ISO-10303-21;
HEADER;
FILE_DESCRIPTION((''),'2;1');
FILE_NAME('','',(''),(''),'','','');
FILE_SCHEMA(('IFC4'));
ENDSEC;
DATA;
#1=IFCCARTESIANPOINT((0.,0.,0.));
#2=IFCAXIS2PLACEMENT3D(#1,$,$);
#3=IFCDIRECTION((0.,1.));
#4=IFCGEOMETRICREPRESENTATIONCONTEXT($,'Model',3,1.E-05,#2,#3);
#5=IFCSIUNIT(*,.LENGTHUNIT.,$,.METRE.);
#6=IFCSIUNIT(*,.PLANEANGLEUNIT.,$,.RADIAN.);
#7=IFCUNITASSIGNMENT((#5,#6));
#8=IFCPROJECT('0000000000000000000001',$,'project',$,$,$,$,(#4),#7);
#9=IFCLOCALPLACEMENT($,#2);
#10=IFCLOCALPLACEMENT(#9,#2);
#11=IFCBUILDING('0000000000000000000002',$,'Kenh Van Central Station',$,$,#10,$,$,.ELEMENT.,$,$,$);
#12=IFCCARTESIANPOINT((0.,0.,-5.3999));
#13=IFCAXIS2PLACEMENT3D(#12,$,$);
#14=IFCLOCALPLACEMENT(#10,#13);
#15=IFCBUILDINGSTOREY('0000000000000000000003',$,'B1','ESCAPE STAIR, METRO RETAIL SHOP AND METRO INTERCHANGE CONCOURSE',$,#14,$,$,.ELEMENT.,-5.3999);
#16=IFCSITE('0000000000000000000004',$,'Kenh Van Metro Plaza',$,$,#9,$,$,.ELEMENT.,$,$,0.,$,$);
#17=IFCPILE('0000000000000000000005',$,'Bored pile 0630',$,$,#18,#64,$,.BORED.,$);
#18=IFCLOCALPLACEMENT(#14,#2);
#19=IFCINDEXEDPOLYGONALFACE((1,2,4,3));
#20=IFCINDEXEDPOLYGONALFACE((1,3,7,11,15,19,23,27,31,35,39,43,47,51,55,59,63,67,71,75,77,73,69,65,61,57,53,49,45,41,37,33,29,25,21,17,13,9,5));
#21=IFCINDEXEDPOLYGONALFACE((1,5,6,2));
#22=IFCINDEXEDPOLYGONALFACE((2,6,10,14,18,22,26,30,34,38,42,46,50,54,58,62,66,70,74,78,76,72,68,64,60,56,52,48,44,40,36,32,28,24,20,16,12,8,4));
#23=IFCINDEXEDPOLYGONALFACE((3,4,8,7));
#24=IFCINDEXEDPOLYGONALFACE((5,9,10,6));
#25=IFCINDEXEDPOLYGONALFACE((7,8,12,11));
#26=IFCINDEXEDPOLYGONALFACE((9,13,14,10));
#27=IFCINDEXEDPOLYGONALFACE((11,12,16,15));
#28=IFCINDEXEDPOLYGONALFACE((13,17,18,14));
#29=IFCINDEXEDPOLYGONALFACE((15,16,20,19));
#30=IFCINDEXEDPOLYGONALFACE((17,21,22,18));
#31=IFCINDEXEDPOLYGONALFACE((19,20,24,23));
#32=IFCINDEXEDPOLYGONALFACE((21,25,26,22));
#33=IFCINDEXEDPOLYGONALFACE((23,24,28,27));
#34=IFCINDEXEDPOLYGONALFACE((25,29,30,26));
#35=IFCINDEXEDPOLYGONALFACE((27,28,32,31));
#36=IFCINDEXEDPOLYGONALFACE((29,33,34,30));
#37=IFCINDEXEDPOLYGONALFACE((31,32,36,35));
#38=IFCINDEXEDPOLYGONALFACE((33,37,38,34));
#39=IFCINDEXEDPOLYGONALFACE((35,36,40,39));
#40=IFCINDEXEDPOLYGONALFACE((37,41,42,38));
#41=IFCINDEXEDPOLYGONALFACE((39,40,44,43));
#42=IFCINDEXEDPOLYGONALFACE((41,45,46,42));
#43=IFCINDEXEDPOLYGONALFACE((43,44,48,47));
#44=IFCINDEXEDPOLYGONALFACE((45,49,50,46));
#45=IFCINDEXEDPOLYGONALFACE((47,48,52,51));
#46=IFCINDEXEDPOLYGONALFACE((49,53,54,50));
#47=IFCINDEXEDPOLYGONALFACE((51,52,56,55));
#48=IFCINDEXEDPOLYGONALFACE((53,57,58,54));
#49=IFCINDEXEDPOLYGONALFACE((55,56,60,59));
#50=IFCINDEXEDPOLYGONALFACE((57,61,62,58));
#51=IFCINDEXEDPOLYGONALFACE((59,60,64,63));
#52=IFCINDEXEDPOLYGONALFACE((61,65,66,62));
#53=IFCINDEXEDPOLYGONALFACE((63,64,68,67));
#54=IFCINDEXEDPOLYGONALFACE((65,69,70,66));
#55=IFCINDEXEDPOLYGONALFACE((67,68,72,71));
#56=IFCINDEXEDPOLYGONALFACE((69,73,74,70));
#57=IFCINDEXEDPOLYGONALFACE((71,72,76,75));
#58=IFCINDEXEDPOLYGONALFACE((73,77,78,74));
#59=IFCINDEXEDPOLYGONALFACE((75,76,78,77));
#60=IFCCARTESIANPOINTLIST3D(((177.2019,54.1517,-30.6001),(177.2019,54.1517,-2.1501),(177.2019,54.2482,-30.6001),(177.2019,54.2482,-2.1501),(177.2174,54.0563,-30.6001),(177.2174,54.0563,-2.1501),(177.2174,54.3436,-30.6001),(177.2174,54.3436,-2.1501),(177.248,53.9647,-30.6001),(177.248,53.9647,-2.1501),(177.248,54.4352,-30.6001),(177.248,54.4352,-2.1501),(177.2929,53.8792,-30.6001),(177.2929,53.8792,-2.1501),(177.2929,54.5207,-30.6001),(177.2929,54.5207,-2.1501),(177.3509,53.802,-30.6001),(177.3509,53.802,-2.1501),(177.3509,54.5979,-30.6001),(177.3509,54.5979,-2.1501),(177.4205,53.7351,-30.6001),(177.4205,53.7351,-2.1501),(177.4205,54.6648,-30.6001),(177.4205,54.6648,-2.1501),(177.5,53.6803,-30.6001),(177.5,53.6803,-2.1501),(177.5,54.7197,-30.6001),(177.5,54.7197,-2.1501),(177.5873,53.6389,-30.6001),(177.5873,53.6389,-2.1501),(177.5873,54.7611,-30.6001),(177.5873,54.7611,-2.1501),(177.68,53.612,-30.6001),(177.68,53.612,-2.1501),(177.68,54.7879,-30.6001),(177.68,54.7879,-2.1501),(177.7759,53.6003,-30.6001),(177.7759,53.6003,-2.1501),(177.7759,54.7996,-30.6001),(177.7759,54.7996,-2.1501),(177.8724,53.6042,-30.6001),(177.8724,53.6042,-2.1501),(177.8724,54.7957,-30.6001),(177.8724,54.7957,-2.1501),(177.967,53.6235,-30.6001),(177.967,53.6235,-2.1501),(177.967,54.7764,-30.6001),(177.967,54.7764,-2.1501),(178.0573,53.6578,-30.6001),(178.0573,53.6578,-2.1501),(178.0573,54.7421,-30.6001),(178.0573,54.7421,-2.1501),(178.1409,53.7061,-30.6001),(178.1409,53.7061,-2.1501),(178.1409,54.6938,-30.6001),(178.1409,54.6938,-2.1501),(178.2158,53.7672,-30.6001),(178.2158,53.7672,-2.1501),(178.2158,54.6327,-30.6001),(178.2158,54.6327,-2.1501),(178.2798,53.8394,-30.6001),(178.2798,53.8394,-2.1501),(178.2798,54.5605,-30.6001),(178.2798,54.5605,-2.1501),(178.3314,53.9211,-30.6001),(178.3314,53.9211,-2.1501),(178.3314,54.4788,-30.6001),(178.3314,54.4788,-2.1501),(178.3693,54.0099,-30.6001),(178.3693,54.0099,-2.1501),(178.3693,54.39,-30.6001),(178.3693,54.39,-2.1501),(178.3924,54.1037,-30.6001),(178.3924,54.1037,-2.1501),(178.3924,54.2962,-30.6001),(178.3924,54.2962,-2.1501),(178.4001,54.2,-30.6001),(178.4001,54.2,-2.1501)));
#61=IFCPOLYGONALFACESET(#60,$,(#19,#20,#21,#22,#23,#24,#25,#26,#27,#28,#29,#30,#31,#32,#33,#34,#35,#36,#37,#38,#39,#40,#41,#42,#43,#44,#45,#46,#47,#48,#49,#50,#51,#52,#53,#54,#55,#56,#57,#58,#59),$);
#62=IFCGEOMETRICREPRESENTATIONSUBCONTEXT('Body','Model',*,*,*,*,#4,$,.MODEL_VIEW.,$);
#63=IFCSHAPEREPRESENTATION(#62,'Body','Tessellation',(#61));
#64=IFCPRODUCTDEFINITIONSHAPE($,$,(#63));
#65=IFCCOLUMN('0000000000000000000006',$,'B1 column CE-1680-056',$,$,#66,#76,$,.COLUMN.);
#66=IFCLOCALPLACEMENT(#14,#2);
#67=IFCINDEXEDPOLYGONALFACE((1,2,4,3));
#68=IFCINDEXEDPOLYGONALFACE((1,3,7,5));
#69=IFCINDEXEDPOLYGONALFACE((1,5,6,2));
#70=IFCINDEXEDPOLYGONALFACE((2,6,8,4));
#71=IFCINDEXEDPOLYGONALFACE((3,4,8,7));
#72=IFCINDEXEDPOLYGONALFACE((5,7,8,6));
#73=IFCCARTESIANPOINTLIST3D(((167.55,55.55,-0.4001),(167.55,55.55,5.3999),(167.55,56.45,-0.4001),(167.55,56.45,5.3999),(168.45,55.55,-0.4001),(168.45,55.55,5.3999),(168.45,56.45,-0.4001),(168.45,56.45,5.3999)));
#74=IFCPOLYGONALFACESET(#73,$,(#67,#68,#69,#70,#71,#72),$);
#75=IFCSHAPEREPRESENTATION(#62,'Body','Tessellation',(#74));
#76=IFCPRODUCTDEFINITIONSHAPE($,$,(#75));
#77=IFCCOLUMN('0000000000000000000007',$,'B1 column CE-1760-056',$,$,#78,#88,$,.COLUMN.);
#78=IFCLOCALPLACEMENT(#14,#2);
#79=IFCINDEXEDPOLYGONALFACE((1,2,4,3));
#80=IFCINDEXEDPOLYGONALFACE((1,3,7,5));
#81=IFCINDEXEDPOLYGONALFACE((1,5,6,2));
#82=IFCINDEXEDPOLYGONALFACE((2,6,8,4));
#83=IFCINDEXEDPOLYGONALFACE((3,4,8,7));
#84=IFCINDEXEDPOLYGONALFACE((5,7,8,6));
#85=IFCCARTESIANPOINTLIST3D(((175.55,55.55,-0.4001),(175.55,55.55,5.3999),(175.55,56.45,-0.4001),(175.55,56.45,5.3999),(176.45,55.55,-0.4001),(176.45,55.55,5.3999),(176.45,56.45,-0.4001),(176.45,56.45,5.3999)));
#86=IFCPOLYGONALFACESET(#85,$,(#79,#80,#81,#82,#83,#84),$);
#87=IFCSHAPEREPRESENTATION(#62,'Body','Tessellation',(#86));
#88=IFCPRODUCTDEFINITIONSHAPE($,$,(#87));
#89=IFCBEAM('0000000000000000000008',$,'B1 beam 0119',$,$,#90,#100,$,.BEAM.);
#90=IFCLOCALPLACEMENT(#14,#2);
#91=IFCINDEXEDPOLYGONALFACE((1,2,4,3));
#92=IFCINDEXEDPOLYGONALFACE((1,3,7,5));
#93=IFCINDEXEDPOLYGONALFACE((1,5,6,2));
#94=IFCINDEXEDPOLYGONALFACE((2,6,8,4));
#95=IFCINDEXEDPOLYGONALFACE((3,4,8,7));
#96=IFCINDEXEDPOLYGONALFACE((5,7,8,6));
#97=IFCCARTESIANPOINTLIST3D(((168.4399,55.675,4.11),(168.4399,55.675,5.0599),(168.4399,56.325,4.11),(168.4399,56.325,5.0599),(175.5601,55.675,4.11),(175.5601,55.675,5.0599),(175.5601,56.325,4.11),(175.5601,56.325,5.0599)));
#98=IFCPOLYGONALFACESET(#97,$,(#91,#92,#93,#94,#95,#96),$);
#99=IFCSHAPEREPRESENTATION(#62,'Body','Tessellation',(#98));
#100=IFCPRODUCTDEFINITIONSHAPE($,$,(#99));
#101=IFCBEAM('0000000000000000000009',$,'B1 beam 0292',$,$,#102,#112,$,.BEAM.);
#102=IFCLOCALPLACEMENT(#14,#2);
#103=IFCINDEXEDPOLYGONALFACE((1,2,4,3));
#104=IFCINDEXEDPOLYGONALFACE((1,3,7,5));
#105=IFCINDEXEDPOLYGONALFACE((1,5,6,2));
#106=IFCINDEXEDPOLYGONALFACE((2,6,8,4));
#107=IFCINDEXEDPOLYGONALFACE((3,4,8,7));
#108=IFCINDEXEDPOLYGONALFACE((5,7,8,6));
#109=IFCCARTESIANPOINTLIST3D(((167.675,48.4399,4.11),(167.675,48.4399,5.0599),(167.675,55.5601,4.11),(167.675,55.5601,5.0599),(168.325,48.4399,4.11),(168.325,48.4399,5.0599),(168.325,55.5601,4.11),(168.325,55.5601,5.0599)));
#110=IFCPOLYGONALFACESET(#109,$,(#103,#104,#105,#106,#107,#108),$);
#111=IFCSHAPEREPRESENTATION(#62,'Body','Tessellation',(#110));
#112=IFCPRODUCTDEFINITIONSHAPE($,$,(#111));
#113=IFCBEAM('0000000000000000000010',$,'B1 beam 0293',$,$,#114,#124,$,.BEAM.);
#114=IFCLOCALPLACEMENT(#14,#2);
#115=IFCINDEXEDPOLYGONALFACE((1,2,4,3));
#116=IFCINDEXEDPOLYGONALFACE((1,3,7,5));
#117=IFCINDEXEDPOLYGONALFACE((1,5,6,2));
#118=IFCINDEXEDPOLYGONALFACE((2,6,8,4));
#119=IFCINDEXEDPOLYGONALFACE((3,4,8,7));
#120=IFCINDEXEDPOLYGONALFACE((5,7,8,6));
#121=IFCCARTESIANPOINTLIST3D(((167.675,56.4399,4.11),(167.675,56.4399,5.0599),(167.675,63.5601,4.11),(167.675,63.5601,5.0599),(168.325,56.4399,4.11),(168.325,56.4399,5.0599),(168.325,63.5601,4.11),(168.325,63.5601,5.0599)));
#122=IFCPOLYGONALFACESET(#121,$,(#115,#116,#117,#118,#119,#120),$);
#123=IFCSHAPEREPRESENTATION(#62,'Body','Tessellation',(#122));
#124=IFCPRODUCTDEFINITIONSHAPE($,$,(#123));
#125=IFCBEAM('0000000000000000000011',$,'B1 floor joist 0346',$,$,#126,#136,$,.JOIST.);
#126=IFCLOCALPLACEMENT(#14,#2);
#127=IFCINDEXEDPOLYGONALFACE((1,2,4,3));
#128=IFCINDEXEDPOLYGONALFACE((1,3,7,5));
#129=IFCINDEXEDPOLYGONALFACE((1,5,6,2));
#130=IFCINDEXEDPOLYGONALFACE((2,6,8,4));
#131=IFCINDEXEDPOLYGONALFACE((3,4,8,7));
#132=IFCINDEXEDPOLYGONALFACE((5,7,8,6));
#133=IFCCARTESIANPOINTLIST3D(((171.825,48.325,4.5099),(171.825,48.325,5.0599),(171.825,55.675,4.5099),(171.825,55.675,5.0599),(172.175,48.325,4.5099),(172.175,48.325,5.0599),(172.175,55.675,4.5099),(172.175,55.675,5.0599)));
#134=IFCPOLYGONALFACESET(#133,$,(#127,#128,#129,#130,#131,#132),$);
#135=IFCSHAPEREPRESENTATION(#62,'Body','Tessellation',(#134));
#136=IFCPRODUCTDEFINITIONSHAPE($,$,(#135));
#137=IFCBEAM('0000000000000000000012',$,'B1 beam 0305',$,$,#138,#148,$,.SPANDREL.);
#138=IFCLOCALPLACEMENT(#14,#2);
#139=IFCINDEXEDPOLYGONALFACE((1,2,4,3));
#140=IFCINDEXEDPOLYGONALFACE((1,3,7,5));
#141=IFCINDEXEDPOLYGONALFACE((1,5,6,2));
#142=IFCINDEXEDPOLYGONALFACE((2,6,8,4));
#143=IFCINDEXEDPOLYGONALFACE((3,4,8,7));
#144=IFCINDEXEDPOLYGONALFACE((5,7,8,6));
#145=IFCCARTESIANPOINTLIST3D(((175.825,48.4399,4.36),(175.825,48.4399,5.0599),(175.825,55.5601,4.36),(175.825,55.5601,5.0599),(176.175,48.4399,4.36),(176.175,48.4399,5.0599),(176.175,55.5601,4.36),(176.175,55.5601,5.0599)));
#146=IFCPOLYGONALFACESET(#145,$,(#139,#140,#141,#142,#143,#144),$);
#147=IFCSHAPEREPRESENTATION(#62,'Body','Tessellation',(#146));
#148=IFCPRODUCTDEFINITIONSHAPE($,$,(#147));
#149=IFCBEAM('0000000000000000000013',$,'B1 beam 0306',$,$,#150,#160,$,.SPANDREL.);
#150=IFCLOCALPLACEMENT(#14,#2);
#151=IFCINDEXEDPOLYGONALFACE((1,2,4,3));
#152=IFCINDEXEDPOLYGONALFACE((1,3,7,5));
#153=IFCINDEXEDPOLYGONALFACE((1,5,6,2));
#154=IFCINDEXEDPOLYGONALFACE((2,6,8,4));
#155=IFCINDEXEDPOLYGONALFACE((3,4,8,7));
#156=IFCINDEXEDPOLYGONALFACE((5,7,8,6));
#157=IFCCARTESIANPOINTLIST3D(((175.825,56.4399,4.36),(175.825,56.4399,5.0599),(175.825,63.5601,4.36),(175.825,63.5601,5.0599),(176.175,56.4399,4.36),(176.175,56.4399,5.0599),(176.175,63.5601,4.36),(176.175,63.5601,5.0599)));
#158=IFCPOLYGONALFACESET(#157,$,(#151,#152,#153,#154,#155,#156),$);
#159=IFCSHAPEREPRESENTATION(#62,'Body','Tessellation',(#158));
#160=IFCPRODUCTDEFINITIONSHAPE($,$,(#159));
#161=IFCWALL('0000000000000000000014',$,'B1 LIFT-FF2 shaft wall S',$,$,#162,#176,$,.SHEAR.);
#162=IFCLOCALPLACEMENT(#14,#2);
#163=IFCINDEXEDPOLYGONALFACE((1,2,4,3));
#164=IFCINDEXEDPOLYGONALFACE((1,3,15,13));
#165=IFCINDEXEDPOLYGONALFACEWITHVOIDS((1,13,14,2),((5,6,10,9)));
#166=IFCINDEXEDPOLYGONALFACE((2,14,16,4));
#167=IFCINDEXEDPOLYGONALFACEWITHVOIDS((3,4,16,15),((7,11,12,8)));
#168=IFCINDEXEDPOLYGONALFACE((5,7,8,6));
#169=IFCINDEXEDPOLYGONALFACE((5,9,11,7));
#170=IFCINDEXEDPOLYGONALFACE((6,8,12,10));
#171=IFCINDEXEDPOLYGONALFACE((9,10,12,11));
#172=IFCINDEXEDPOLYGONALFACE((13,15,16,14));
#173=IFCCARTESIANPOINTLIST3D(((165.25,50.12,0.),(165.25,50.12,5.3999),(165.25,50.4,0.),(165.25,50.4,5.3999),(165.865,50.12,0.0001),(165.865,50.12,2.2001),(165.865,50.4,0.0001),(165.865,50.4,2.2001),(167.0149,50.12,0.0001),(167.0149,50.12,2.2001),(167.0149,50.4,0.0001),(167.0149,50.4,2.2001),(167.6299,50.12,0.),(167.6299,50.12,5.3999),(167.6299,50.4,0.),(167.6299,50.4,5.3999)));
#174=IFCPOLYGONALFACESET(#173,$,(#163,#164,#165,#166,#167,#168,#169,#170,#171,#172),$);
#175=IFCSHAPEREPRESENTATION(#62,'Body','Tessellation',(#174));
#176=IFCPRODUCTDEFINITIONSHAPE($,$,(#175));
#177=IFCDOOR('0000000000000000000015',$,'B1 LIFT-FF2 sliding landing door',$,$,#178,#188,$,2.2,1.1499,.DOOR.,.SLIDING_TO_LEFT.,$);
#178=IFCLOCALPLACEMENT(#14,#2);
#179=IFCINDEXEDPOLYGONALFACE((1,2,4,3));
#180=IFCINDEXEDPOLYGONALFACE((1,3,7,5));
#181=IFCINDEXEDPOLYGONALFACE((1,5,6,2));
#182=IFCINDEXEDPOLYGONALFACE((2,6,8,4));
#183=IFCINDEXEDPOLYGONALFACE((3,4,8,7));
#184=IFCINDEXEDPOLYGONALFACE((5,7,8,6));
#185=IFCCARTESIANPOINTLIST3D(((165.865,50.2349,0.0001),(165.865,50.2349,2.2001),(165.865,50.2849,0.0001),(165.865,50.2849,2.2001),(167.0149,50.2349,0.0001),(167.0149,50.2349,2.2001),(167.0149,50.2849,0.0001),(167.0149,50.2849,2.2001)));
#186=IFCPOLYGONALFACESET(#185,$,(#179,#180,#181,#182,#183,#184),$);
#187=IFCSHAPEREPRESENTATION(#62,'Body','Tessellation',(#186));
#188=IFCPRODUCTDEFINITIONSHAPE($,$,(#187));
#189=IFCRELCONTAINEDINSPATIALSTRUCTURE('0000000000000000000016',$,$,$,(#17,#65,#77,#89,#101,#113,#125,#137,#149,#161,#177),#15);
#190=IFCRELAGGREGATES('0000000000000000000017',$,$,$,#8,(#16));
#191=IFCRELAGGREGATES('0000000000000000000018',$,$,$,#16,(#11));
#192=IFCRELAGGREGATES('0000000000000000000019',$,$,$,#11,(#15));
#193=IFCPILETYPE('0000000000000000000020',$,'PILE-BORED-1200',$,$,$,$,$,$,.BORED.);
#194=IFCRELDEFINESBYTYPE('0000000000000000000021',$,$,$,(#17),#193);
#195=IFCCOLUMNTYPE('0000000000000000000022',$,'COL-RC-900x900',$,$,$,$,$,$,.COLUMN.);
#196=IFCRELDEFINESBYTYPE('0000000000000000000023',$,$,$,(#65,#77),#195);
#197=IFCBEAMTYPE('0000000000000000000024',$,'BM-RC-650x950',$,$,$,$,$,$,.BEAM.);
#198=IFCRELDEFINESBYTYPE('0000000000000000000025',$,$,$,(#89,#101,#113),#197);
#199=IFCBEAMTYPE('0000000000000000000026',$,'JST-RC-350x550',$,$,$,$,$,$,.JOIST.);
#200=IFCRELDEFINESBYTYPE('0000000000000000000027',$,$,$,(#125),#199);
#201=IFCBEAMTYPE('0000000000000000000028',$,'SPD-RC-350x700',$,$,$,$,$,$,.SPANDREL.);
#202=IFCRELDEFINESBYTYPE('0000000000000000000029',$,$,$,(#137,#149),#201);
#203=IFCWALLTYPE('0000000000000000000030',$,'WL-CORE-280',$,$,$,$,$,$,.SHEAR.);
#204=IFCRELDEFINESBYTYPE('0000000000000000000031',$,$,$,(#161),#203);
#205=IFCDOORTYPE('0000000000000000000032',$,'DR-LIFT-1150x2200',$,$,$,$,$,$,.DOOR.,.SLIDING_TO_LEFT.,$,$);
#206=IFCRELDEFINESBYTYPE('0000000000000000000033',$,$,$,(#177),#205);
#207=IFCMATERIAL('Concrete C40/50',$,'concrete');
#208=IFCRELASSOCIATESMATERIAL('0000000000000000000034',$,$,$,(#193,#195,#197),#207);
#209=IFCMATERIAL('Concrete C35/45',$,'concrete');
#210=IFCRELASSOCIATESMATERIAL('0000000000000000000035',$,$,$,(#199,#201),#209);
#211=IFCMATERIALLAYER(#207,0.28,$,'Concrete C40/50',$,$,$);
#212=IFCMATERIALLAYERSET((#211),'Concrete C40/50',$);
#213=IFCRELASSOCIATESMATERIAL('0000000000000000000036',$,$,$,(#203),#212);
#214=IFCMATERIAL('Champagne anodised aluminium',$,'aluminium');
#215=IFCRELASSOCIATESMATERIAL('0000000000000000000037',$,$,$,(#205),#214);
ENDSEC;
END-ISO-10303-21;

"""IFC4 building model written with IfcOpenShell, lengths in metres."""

from ifc_helpers import new_model, si_unit, direction, frame, frame_2d, origin, origin_2d, place, context, subcontext, project, spatial, rectangle, circle, extrude, material, layer, layer_set, material_profile, profile_set, type_object, element, fill, save


model = new_model("IFC4")

# Units and contexts
model_context = context("Model", 3, precision=1e-05, world=origin(), true_north=direction((0.0, 1.0)))
body_context = subcontext(model_context, "Body", "Model", "MODEL_VIEW")
ifc_project = project(units=[si_unit("LENGTHUNIT", "METRE"), si_unit("PLANEANGLEUNIT", "RADIAN")], contexts=[model_context])

# Site, building, storey
site_placement = place(None, origin())
site = spatial("IfcSite", under=ifc_project, at=site_placement, Name="Kenh Van Metro Plaza", CompositionType="ELEMENT", RefElevation=0.0)
building_placement = place(site_placement, origin())
building = spatial("IfcBuilding", under=site, at=building_placement, Name="Kenh Van Central Station", CompositionType="ELEMENT")
storey_placement = place(building_placement, frame((0.0, 0.0, -5.3999)))
storey = spatial("IfcBuildingStorey", under=building, at=storey_placement, Name="B1", Description="ESCAPE STAIR, METRO RETAIL SHOP AND METRO INTERCHANGE CONCOURSE", CompositionType="ELEMENT", Elevation=-5.3999)

# Shared definitions
ifc_material_1 = material(Name="Concrete C40/50", Category="concrete")

# Pile
ifc_material_profile_1 = material_profile(ifc_material_1, circle(Radius=0.6001, at=origin_2d()), Name="PILE D1200")
ifc_profile_set_1 = profile_set([ifc_material_profile_1], Name="Concrete C40/50")
pile_type = type_object("IfcPileType", Name="PILE-BORED-1200", PredefinedType="BORED", material=ifc_profile_set_1)
for number, where, z_axis, x_axis, name in (
    (1, (177.8, 54.2, -2.1501), (0.0, 0.0, -1.0), (1.0, 0.0, 0.0), "Bored pile 0630"),
):
    element("IfcPile", number, at=place(storey_placement, frame(where, z_axis=z_axis, x_axis=x_axis)), inside=storey, type_object=pile_type, Name=name, PredefinedType="BORED", context=body_context, shape_type="SweptSolid", body=[
        extrude(circle(Radius=0.6001, at=origin_2d()), origin(), (0.0, 0.0, 1.0), 28.45),
    ])

# Columns
ifc_material_profile_2 = material_profile(ifc_material_1, rectangle(XDim=0.8999, YDim=0.8999, at=origin_2d()), Name="RC 900x900")
ifc_profile_set_2 = profile_set([ifc_material_profile_2], Name="Concrete C40/50")
column_type = type_object("IfcColumnType", Name="COL-RC-900x900", PredefinedType="COLUMN", material=ifc_profile_set_2)
for number, where, z_axis, x_axis, name in (
    (2, (168.0, 56.0, -0.4001), (0.0, 0.0, 1.0), (1.0, 0.0, 0.0), "B1 column CE-1680-056"),
    (3, (176.0, 56.0, -0.4001), (0.0, 0.0, 1.0), (1.0, 0.0, 0.0), "B1 column CE-1760-056"),
):
    element("IfcColumn", number, at=place(storey_placement, frame(where, z_axis=z_axis, x_axis=x_axis)), inside=storey, type_object=column_type, Name=name, PredefinedType="COLUMN", context=body_context, shape_type="SweptSolid", body=[
        extrude(rectangle(XDim=0.8999, YDim=0.8999, at=origin_2d()), origin(), (0.0, 0.0, 1.0), 5.8),
    ])

# Beams
ifc_material_profile_3 = material_profile(ifc_material_1, rectangle(XDim=0.6499, YDim=0.95, at=origin_2d()), Name="RC 650x950")
ifc_profile_set_3 = profile_set([ifc_material_profile_3], Name="Concrete C40/50")
beam_type_1 = type_object("IfcBeamType", Name="BM-RC-650x950", PredefinedType="BEAM", material=ifc_profile_set_3)
for number, where, z_axis, x_axis, name in (
    (4, (168.4399, 56.0, 4.585), (1.0, 0.0, 0.0), (0.0, 1.0, 0.0), "B1 beam 0119"),
    (5, (168.0, 48.4399, 4.585), (0.0, 1.0, 0.0), (-1.0, 0.0, 0.0), "B1 beam 0292"),
    (6, (168.0, 56.4399, 4.585), (0.0, 1.0, 0.0), (-1.0, 0.0, 0.0), "B1 beam 0293"),
):
    element("IfcBeam", number, at=place(storey_placement, frame(where, z_axis=z_axis, x_axis=x_axis)), inside=storey, type_object=beam_type_1, Name=name, PredefinedType="BEAM", context=body_context, shape_type="SweptSolid", body=[
        extrude(rectangle(XDim=0.6499, YDim=0.95, at=origin_2d()), origin(), (0.0, 0.0, 1.0), 7.1201),
    ])
ifc_material_2 = material(Name="Concrete C35/45", Category="concrete")
ifc_material_profile_4 = material_profile(ifc_material_2, rectangle(XDim=0.3501, YDim=0.55, at=origin_2d()), Name="RC 350x550")
ifc_profile_set_4 = profile_set([ifc_material_profile_4], Name="Concrete C35/45")
beam_type_2 = type_object("IfcBeamType", Name="JST-RC-350x550", PredefinedType="JOIST", material=ifc_profile_set_4)
beam_placement = place(storey_placement, frame((172.0, 48.325, 4.7849), z_axis=(0.0, 1.0, 0.0), x_axis=(-1.0, 0.0, 0.0)))
element("IfcBeam", 7, at=beam_placement, inside=storey, type_object=beam_type_2, Name="B1 floor joist 0346", PredefinedType="JOIST", context=body_context, shape_type="SweptSolid", body=[
    extrude(rectangle(XDim=0.3501, YDim=0.55, at=origin_2d()), origin(), (0.0, 0.0, 1.0), 7.3501),
])
ifc_material_profile_5 = material_profile(ifc_material_2, rectangle(XDim=0.3501, YDim=0.7, at=origin_2d()), Name="RC 350x700")
ifc_profile_set_5 = profile_set([ifc_material_profile_5], Name="Concrete C35/45")
beam_type_3 = type_object("IfcBeamType", Name="SPD-RC-350x700", PredefinedType="SPANDREL", material=ifc_profile_set_5)
for number, where, z_axis, x_axis, name in (
    (8, (176.0, 48.4399, 4.71), (0.0, 1.0, 0.0), (-1.0, 0.0, 0.0), "B1 beam 0305"),
    (9, (176.0, 56.4399, 4.71), (0.0, 1.0, 0.0), (-1.0, 0.0, 0.0), "B1 beam 0306"),
):
    element("IfcBeam", number, at=place(storey_placement, frame(where, z_axis=z_axis, x_axis=x_axis)), inside=storey, type_object=beam_type_3, Name=name, PredefinedType="SPANDREL", context=body_context, shape_type="SweptSolid", body=[
        extrude(rectangle(XDim=0.3501, YDim=0.7, at=origin_2d()), origin(), (0.0, 0.0, 1.0), 7.1201),
    ])

# Wall, opening, door
ifc_layer_1 = layer(ifc_material_1, 0.28, Name="Concrete C40/50")
ifc_layer_set_1 = layer_set([ifc_layer_1], Name="Concrete C40/50")
wall_type_1 = type_object("IfcWallType", Name="WL-CORE-280", PredefinedType="SHEAR", material=ifc_layer_set_1)
wall_1_placement = place(storey_placement, frame((165.25, 50.26, 0.0), z_axis=(0.0, 0.0, 1.0), x_axis=(1.0, 0.0, 0.0)))
wall_1 = element("IfcWall", 10, at=wall_1_placement, inside=storey, type_object=wall_type_1, Name="B1 LIFT-FF2 shaft wall S", PredefinedType="SHEAR", context=body_context, shape_type="SweptSolid", body=[
    extrude(rectangle(XDim=2.3799, YDim=0.28, at=frame_2d((1.1899, 0.0))), origin(), (0.0, 0.0, 1.0), 5.3999),
])
opening_placement = place(wall_1_placement, frame((0.615, 0.0, 0.0)))
opening = element("IfcOpeningElement", 11, at=opening_placement, cuts=wall_1, PredefinedType="OPENING", context=body_context, shape_type="SweptSolid", body=[
    extrude(rectangle(XDim=1.1499, YDim=2.2, at=frame_2d((0.575, 1.1001))), frame((0.0, 0.1499, 0.0), z_axis=(0.0, -1.0, 0.0), x_axis=(1.0, 0.0, 0.0)), (0.0, 0.0, 1.0), 0.3),
])
ifc_material_3 = material(Name="Champagne anodised aluminium", Category="aluminium")
door_type = type_object("IfcDoorType", Name="DR-LIFT-1150x2200", OperationType="SLIDING_TO_LEFT", PredefinedType="DOOR", material=ifc_material_3)
door_placement = place(opening_placement, origin())
door = element("IfcDoor", 12, at=door_placement, inside=storey, type_object=door_type, Name="B1 LIFT-FF2 sliding landing door", OperationType="SLIDING_TO_LEFT", OverallHeight=2.2, OverallWidth=1.1499, PredefinedType="DOOR", context=body_context, shape_type="SweptSolid", body=[
    extrude(rectangle(XDim=1.1499, YDim=2.2, at=frame_2d((0.575, 1.1001))), frame((0.0, 0.0249, 0.0), z_axis=(0.0, -1.0, 0.0), x_axis=(1.0, 0.0, 0.0)), (0.0, 0.0, 1.0), 0.05),
])
fill(opening, door)

save(model, "model.ifc")
